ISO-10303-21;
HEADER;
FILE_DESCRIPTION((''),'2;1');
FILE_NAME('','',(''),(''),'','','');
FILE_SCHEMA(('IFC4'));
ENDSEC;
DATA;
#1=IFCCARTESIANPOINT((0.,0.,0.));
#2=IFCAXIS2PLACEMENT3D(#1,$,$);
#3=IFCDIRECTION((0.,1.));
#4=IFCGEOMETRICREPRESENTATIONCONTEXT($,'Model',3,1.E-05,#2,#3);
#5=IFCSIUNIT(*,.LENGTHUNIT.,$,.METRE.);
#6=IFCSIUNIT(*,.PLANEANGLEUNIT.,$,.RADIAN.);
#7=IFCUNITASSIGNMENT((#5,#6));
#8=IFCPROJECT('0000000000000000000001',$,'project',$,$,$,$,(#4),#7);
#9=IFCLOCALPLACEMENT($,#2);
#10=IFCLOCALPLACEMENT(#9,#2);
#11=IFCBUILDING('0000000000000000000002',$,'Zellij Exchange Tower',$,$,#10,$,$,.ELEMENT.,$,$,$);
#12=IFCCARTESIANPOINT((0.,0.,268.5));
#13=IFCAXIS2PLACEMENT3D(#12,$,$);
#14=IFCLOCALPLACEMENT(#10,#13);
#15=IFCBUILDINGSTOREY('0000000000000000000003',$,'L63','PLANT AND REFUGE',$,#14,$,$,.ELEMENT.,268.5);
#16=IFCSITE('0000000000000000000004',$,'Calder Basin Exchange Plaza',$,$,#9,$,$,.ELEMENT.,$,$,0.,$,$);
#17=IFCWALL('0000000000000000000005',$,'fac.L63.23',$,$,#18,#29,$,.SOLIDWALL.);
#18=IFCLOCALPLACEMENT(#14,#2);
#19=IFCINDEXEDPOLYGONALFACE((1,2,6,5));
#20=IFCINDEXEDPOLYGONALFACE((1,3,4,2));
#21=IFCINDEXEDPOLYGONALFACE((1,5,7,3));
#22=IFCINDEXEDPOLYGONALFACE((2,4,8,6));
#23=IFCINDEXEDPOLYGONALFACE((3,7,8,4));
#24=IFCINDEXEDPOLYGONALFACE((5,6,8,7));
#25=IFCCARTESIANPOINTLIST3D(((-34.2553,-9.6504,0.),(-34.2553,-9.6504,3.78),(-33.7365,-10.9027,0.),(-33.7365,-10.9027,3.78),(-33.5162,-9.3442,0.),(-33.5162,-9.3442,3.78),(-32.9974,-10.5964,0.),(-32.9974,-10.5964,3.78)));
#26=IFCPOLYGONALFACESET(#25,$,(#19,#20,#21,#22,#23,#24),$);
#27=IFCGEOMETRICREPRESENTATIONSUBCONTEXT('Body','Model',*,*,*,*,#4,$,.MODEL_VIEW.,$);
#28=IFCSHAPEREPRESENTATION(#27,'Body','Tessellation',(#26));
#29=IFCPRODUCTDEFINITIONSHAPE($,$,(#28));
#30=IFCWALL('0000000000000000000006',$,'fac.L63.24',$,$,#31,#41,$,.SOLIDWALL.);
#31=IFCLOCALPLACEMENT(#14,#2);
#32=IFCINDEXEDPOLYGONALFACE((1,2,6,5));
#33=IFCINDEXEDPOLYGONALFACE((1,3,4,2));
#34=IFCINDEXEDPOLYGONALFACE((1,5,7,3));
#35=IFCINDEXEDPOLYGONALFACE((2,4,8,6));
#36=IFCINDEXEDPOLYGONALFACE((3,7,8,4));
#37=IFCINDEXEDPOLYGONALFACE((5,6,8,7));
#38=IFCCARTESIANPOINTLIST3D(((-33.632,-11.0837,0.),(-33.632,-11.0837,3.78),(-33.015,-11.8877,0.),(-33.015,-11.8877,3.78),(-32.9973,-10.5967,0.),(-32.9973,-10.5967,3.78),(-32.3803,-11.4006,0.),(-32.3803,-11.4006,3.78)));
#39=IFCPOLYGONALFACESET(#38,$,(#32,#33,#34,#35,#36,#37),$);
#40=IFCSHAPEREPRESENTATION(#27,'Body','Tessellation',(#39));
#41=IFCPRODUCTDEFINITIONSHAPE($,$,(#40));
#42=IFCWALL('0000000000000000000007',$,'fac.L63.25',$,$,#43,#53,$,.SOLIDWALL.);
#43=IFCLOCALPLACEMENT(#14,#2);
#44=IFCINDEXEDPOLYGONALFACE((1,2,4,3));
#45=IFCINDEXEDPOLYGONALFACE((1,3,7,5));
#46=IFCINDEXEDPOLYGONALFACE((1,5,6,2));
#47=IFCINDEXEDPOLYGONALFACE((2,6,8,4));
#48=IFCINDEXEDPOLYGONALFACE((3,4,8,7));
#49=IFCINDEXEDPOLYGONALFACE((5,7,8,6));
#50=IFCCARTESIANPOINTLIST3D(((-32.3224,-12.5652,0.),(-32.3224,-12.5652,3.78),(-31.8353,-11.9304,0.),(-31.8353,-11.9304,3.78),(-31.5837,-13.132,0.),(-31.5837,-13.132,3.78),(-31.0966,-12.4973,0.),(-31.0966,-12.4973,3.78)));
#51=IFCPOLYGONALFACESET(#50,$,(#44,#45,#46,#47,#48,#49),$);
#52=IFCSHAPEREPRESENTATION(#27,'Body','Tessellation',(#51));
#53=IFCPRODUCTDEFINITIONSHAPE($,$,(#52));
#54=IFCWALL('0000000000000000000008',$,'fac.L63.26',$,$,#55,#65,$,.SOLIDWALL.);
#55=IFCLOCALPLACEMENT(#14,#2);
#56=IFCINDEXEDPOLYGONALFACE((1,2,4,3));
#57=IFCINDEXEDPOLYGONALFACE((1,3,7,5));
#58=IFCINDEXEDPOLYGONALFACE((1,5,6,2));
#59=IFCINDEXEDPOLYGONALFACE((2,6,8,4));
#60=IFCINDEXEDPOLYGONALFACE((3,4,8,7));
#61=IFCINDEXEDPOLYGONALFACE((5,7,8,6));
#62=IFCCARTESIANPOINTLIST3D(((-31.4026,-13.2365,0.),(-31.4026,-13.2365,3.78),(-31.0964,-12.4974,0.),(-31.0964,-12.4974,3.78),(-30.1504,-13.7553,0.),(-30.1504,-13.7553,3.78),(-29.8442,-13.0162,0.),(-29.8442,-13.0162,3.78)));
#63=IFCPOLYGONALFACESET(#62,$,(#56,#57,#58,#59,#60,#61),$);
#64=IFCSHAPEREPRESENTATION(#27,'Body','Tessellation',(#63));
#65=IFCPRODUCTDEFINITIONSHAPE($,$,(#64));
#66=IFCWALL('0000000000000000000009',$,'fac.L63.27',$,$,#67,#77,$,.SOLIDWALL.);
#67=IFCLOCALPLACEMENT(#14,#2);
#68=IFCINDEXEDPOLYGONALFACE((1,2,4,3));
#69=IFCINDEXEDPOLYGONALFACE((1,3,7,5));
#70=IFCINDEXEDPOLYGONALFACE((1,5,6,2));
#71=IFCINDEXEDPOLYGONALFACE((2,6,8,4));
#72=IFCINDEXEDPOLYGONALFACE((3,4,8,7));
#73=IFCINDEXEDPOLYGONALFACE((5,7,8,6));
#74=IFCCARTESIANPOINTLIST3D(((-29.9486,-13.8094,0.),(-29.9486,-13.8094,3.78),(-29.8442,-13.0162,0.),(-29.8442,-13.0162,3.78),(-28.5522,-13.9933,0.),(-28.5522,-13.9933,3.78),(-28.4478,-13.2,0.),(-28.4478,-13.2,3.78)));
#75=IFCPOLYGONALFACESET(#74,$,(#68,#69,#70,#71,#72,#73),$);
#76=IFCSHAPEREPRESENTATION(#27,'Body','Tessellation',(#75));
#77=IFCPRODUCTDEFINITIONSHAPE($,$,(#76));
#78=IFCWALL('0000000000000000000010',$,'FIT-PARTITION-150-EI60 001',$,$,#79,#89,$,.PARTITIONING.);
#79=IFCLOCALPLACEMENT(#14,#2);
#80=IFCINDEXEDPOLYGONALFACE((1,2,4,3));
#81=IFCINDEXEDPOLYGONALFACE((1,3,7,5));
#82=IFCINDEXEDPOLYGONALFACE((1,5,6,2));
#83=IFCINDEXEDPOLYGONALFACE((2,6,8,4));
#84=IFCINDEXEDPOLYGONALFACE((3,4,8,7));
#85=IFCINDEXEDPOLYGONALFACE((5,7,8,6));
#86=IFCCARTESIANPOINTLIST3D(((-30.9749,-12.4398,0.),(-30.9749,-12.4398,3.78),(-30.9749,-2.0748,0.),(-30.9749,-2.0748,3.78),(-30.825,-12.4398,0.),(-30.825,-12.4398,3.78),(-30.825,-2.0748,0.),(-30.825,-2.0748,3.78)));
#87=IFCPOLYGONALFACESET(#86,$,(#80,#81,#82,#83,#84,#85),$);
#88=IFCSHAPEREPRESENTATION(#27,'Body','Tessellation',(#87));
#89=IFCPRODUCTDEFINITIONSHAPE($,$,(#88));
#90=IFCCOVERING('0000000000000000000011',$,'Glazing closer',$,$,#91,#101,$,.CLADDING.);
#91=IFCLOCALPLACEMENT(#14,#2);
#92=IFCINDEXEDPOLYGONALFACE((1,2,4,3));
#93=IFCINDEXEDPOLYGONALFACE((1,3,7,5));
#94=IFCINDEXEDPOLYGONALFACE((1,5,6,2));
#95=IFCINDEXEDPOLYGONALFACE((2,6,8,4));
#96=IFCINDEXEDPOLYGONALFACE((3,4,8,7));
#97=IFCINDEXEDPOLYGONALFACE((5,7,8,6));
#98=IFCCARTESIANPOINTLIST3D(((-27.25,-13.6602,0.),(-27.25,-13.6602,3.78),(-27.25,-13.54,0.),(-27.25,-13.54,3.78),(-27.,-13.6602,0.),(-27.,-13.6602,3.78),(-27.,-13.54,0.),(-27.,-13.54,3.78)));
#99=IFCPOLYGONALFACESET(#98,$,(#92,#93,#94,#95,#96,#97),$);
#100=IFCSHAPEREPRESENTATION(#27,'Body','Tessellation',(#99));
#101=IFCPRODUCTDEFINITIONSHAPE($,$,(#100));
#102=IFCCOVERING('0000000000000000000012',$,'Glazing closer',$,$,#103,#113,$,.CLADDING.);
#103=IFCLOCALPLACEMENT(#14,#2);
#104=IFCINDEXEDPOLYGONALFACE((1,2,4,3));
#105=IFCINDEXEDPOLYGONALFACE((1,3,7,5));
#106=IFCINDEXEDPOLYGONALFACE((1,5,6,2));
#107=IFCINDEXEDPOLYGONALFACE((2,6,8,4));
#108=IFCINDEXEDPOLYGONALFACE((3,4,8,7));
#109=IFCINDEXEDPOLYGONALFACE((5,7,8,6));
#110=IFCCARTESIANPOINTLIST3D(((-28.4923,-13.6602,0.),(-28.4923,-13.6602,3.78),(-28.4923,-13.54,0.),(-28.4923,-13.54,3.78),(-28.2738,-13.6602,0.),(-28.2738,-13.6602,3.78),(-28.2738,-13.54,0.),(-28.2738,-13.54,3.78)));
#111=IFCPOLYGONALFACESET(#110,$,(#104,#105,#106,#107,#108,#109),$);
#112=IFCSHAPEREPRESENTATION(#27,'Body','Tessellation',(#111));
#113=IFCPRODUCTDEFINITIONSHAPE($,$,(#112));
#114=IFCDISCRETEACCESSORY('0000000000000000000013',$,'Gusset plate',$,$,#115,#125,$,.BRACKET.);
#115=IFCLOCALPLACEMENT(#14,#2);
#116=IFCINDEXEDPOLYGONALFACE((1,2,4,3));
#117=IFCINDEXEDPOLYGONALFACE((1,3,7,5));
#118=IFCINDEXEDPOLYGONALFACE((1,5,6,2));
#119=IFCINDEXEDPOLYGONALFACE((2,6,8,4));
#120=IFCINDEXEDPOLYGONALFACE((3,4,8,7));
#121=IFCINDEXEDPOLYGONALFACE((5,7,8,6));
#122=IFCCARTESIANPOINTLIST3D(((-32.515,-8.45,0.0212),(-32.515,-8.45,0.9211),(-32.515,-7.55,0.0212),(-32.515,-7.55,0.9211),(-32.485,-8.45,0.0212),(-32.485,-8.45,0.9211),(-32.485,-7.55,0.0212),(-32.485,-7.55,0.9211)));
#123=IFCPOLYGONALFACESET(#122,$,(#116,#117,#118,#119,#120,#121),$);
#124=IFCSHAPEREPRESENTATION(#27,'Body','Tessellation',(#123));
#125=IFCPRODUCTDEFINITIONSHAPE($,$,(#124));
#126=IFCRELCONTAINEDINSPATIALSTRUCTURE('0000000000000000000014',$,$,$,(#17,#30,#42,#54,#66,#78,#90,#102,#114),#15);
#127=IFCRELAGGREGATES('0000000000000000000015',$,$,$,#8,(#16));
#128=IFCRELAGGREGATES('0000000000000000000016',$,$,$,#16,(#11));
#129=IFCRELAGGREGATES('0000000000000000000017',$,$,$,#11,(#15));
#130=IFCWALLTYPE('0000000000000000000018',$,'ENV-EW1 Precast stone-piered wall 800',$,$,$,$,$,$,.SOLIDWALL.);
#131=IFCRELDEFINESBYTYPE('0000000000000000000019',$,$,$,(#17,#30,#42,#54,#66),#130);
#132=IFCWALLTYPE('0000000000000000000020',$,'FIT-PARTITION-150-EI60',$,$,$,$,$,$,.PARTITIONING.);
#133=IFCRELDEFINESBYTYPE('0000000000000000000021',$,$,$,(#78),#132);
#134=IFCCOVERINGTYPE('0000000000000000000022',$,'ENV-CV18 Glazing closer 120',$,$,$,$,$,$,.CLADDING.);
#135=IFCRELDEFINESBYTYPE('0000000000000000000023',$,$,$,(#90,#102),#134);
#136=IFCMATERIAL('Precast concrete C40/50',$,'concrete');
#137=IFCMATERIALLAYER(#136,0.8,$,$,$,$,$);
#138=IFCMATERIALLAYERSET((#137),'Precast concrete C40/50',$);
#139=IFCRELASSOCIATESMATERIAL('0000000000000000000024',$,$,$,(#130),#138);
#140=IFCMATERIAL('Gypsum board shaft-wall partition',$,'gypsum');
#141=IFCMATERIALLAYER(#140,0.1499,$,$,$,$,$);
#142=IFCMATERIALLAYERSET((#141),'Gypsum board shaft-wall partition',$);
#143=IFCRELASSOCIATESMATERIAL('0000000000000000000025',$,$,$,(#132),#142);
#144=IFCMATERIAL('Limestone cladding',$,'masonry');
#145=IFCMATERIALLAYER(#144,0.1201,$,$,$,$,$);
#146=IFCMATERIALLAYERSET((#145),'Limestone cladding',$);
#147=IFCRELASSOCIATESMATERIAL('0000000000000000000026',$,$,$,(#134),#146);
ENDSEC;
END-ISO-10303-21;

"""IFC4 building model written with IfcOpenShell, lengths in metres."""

from ifc_helpers import new_model, si_unit, direction, frame, frame_2d, origin, origin_2d, place, context, subcontext, project, spatial, rectangle, extrude, material, layer, layer_set, type_object, element, save


model = new_model("IFC4")

# Units and contexts
model_context = context("Model", 3, precision=1e-05, world=origin(), true_north=direction((0.0, 1.0)))
body_context = subcontext(model_context, "Body", "Model", "MODEL_VIEW")
ifc_project = project(units=[si_unit("LENGTHUNIT", "METRE"), si_unit("PLANEANGLEUNIT", "RADIAN")], contexts=[model_context])

# Site, building, storey
site_placement = place(None, origin())
site = spatial("IfcSite", under=ifc_project, at=site_placement, Name="Calder Basin Exchange Plaza", CompositionType="ELEMENT", RefElevation=0.0)
building_placement = place(site_placement, origin())
building = spatial("IfcBuilding", under=site, at=building_placement, Name="Zellij Exchange Tower", CompositionType="ELEMENT")
storey_placement = place(building_placement, frame((0.0, 0.0, 268.5)))
storey = spatial("IfcBuildingStorey", under=building, at=storey_placement, Name="L63", Description="PLANT AND REFUGE", CompositionType="ELEMENT", Elevation=268.5)

# Walls
ifc_material_1 = material(Name="Precast concrete C40/50", Category="concrete")
ifc_layer_1 = layer(ifc_material_1, 0.8)
ifc_layer_set_1 = layer_set([ifc_layer_1], Name="Precast concrete C40/50")
wall_type_1 = type_object("IfcWallType", Name="ENV-EW1 Precast stone-piered wall 800", PredefinedType="SOLIDWALL", material=ifc_layer_set_1)
wall_1_placement = place(storey_placement, frame((-33.8857, -9.4973, 0.0), z_axis=(0.0, 0.0, 1.0), x_axis=(0.38276, -0.923848, 0.0)))
element("IfcWall", 1, at=wall_1_placement, inside=storey, type_object=wall_type_1, Name="fac.L63.23", PredefinedType="SOLIDWALL", context=body_context, shape_type="SweptSolid", body=[
    extrude(rectangle(XDim=1.3555, YDim=0.8, at=frame_2d((0.6777, 0.0))), origin(), (0.0, 0.0, 1.0), 3.78),
])
wall_2_placement = place(storey_placement, frame((-33.3147, -10.8401, 0.0), z_axis=(0.0, 0.0, 1.0), x_axis=(0.608791, -0.793331, 0.0)))
element("IfcWall", 2, at=wall_2_placement, inside=storey, type_object=wall_type_1, Name="fac.L63.24", PredefinedType="SOLIDWALL", context=body_context, shape_type="SweptSolid", body=[
    extrude(rectangle(XDim=1.0134, YDim=0.8, at=frame_2d((0.5068, 0.0))), origin(), (0.0, 0.0, 1.0), 3.78),
])
wall_3_placement = place(storey_placement, frame((-32.0789, -12.2478, 0.0), z_axis=(0.0, 0.0, 1.0), x_axis=(0.793345, -0.608773, 0.0)))
element("IfcWall", 3, at=wall_3_placement, inside=storey, type_object=wall_type_1, Name="fac.L63.25", PredefinedType="SOLIDWALL", context=body_context, shape_type="SweptSolid", body=[
    extrude(rectangle(XDim=0.9312, YDim=0.8, at=frame_2d((0.4656, 0.0))), origin(), (0.0, 0.0, 1.0), 3.78),
])
wall_4_placement = place(storey_placement, frame((-31.2495, -12.8669, 0.0), z_axis=(0.0, 0.0, 1.0), x_axis=(0.923848, -0.38276, 0.0)))
element("IfcWall", 4, at=wall_4_placement, inside=storey, type_object=wall_type_1, Name="fac.L63.26", PredefinedType="SOLIDWALL", context=body_context, shape_type="SweptSolid", body=[
    extrude(rectangle(XDim=1.3555, YDim=0.8, at=frame_2d((0.6777, 0.0))), origin(), (0.0, 0.0, 1.0), 3.78),
])
wall_5_placement = place(storey_placement, frame((-29.8962, -13.4128, 0.0), z_axis=(0.0, 0.0, 1.0), x_axis=(0.991446, -0.130517, 0.0)))
element("IfcWall", 5, at=wall_5_placement, inside=storey, type_object=wall_type_1, Name="fac.L63.27", PredefinedType="SOLIDWALL", context=body_context, shape_type="SweptSolid", body=[
    extrude(rectangle(XDim=1.4084, YDim=0.8, at=frame_2d((0.7041, 0.0))), origin(), (0.0, 0.0, 1.0), 3.78),
])
ifc_material_2 = material(Name="Gypsum board shaft-wall partition", Category="gypsum")
ifc_layer_2 = layer(ifc_material_2, 0.1499)
ifc_layer_set_2 = layer_set([ifc_layer_2], Name="Gypsum board shaft-wall partition")
wall_type_2 = type_object("IfcWallType", Name="FIT-PARTITION-150-EI60", PredefinedType="PARTITIONING", material=ifc_layer_set_2)
wall_6_placement = place(storey_placement, frame((-30.8999, -12.4399, 0.0), z_axis=(0.0, 0.0, 1.0), x_axis=(0.0, 1.0, 0.0)))
element("IfcWall", 6, at=wall_6_placement, inside=storey, type_object=wall_type_2, Name="FIT-PARTITION-150-EI60 001", PredefinedType="PARTITIONING", context=body_context, shape_type="SweptSolid", body=[
    extrude(rectangle(XDim=10.365, YDim=0.1499, at=frame_2d((5.1826, 0.0))), origin(), (0.0, 0.0, 1.0), 3.78),
])

# Coverings
ifc_material_3 = material(Name="Limestone cladding", Category="masonry")
ifc_layer_3 = layer(ifc_material_3, 0.1201)
ifc_layer_set_3 = layer_set([ifc_layer_3], Name="Limestone cladding")
covering_type = type_object("IfcCoveringType", Name="ENV-CV18 Glazing closer 120", PredefinedType="CLADDING", material=ifc_layer_set_3)
covering_1_placement = place(storey_placement, frame((-27.125, -13.6001, 0.0), z_axis=(0.0, 0.0, 1.0), x_axis=(1.0, 0.0, 0.0)))
element("IfcCovering", 7, at=covering_1_placement, inside=storey, type_object=covering_type, Name="Glazing closer", PredefinedType="CLADDING", context=body_context, shape_type="SweptSolid", body=[
    extrude(rectangle(XDim=0.25, YDim=0.1201, at=origin_2d()), origin(), (0.0, 0.0, 1.0), 3.78),
])
covering_2_placement = place(storey_placement, frame((-28.3831, -13.6001, 0.0), z_axis=(0.0, 0.0, 1.0), x_axis=(-1.0, 0.0, 0.0)))
element("IfcCovering", 8, at=covering_2_placement, inside=storey, type_object=covering_type, Name="Glazing closer", PredefinedType="CLADDING", context=body_context, shape_type="SweptSolid", body=[
    extrude(rectangle(XDim=0.2185, YDim=0.1201, at=origin_2d()), origin(), (0.0, 0.0, 1.0), 3.78),
])

# Discrete accessory
discrete_accessory_placement = place(storey_placement, frame((-32.5, -8.0, 0.0212), z_axis=(0.0, 0.0, 1.0), x_axis=(0.0, 1.0, 0.0)))
element("IfcDiscreteAccessory", 9, at=discrete_accessory_placement, inside=storey, Name="Gusset plate", PredefinedType="BRACKET", context=body_context, shape_type="SweptSolid", body=[
    extrude(rectangle(XDim=0.8999, YDim=0.03, at=origin_2d()), origin(), (0.0, 0.0, 1.0), 0.8999),
])

save(model, "model.ifc")
